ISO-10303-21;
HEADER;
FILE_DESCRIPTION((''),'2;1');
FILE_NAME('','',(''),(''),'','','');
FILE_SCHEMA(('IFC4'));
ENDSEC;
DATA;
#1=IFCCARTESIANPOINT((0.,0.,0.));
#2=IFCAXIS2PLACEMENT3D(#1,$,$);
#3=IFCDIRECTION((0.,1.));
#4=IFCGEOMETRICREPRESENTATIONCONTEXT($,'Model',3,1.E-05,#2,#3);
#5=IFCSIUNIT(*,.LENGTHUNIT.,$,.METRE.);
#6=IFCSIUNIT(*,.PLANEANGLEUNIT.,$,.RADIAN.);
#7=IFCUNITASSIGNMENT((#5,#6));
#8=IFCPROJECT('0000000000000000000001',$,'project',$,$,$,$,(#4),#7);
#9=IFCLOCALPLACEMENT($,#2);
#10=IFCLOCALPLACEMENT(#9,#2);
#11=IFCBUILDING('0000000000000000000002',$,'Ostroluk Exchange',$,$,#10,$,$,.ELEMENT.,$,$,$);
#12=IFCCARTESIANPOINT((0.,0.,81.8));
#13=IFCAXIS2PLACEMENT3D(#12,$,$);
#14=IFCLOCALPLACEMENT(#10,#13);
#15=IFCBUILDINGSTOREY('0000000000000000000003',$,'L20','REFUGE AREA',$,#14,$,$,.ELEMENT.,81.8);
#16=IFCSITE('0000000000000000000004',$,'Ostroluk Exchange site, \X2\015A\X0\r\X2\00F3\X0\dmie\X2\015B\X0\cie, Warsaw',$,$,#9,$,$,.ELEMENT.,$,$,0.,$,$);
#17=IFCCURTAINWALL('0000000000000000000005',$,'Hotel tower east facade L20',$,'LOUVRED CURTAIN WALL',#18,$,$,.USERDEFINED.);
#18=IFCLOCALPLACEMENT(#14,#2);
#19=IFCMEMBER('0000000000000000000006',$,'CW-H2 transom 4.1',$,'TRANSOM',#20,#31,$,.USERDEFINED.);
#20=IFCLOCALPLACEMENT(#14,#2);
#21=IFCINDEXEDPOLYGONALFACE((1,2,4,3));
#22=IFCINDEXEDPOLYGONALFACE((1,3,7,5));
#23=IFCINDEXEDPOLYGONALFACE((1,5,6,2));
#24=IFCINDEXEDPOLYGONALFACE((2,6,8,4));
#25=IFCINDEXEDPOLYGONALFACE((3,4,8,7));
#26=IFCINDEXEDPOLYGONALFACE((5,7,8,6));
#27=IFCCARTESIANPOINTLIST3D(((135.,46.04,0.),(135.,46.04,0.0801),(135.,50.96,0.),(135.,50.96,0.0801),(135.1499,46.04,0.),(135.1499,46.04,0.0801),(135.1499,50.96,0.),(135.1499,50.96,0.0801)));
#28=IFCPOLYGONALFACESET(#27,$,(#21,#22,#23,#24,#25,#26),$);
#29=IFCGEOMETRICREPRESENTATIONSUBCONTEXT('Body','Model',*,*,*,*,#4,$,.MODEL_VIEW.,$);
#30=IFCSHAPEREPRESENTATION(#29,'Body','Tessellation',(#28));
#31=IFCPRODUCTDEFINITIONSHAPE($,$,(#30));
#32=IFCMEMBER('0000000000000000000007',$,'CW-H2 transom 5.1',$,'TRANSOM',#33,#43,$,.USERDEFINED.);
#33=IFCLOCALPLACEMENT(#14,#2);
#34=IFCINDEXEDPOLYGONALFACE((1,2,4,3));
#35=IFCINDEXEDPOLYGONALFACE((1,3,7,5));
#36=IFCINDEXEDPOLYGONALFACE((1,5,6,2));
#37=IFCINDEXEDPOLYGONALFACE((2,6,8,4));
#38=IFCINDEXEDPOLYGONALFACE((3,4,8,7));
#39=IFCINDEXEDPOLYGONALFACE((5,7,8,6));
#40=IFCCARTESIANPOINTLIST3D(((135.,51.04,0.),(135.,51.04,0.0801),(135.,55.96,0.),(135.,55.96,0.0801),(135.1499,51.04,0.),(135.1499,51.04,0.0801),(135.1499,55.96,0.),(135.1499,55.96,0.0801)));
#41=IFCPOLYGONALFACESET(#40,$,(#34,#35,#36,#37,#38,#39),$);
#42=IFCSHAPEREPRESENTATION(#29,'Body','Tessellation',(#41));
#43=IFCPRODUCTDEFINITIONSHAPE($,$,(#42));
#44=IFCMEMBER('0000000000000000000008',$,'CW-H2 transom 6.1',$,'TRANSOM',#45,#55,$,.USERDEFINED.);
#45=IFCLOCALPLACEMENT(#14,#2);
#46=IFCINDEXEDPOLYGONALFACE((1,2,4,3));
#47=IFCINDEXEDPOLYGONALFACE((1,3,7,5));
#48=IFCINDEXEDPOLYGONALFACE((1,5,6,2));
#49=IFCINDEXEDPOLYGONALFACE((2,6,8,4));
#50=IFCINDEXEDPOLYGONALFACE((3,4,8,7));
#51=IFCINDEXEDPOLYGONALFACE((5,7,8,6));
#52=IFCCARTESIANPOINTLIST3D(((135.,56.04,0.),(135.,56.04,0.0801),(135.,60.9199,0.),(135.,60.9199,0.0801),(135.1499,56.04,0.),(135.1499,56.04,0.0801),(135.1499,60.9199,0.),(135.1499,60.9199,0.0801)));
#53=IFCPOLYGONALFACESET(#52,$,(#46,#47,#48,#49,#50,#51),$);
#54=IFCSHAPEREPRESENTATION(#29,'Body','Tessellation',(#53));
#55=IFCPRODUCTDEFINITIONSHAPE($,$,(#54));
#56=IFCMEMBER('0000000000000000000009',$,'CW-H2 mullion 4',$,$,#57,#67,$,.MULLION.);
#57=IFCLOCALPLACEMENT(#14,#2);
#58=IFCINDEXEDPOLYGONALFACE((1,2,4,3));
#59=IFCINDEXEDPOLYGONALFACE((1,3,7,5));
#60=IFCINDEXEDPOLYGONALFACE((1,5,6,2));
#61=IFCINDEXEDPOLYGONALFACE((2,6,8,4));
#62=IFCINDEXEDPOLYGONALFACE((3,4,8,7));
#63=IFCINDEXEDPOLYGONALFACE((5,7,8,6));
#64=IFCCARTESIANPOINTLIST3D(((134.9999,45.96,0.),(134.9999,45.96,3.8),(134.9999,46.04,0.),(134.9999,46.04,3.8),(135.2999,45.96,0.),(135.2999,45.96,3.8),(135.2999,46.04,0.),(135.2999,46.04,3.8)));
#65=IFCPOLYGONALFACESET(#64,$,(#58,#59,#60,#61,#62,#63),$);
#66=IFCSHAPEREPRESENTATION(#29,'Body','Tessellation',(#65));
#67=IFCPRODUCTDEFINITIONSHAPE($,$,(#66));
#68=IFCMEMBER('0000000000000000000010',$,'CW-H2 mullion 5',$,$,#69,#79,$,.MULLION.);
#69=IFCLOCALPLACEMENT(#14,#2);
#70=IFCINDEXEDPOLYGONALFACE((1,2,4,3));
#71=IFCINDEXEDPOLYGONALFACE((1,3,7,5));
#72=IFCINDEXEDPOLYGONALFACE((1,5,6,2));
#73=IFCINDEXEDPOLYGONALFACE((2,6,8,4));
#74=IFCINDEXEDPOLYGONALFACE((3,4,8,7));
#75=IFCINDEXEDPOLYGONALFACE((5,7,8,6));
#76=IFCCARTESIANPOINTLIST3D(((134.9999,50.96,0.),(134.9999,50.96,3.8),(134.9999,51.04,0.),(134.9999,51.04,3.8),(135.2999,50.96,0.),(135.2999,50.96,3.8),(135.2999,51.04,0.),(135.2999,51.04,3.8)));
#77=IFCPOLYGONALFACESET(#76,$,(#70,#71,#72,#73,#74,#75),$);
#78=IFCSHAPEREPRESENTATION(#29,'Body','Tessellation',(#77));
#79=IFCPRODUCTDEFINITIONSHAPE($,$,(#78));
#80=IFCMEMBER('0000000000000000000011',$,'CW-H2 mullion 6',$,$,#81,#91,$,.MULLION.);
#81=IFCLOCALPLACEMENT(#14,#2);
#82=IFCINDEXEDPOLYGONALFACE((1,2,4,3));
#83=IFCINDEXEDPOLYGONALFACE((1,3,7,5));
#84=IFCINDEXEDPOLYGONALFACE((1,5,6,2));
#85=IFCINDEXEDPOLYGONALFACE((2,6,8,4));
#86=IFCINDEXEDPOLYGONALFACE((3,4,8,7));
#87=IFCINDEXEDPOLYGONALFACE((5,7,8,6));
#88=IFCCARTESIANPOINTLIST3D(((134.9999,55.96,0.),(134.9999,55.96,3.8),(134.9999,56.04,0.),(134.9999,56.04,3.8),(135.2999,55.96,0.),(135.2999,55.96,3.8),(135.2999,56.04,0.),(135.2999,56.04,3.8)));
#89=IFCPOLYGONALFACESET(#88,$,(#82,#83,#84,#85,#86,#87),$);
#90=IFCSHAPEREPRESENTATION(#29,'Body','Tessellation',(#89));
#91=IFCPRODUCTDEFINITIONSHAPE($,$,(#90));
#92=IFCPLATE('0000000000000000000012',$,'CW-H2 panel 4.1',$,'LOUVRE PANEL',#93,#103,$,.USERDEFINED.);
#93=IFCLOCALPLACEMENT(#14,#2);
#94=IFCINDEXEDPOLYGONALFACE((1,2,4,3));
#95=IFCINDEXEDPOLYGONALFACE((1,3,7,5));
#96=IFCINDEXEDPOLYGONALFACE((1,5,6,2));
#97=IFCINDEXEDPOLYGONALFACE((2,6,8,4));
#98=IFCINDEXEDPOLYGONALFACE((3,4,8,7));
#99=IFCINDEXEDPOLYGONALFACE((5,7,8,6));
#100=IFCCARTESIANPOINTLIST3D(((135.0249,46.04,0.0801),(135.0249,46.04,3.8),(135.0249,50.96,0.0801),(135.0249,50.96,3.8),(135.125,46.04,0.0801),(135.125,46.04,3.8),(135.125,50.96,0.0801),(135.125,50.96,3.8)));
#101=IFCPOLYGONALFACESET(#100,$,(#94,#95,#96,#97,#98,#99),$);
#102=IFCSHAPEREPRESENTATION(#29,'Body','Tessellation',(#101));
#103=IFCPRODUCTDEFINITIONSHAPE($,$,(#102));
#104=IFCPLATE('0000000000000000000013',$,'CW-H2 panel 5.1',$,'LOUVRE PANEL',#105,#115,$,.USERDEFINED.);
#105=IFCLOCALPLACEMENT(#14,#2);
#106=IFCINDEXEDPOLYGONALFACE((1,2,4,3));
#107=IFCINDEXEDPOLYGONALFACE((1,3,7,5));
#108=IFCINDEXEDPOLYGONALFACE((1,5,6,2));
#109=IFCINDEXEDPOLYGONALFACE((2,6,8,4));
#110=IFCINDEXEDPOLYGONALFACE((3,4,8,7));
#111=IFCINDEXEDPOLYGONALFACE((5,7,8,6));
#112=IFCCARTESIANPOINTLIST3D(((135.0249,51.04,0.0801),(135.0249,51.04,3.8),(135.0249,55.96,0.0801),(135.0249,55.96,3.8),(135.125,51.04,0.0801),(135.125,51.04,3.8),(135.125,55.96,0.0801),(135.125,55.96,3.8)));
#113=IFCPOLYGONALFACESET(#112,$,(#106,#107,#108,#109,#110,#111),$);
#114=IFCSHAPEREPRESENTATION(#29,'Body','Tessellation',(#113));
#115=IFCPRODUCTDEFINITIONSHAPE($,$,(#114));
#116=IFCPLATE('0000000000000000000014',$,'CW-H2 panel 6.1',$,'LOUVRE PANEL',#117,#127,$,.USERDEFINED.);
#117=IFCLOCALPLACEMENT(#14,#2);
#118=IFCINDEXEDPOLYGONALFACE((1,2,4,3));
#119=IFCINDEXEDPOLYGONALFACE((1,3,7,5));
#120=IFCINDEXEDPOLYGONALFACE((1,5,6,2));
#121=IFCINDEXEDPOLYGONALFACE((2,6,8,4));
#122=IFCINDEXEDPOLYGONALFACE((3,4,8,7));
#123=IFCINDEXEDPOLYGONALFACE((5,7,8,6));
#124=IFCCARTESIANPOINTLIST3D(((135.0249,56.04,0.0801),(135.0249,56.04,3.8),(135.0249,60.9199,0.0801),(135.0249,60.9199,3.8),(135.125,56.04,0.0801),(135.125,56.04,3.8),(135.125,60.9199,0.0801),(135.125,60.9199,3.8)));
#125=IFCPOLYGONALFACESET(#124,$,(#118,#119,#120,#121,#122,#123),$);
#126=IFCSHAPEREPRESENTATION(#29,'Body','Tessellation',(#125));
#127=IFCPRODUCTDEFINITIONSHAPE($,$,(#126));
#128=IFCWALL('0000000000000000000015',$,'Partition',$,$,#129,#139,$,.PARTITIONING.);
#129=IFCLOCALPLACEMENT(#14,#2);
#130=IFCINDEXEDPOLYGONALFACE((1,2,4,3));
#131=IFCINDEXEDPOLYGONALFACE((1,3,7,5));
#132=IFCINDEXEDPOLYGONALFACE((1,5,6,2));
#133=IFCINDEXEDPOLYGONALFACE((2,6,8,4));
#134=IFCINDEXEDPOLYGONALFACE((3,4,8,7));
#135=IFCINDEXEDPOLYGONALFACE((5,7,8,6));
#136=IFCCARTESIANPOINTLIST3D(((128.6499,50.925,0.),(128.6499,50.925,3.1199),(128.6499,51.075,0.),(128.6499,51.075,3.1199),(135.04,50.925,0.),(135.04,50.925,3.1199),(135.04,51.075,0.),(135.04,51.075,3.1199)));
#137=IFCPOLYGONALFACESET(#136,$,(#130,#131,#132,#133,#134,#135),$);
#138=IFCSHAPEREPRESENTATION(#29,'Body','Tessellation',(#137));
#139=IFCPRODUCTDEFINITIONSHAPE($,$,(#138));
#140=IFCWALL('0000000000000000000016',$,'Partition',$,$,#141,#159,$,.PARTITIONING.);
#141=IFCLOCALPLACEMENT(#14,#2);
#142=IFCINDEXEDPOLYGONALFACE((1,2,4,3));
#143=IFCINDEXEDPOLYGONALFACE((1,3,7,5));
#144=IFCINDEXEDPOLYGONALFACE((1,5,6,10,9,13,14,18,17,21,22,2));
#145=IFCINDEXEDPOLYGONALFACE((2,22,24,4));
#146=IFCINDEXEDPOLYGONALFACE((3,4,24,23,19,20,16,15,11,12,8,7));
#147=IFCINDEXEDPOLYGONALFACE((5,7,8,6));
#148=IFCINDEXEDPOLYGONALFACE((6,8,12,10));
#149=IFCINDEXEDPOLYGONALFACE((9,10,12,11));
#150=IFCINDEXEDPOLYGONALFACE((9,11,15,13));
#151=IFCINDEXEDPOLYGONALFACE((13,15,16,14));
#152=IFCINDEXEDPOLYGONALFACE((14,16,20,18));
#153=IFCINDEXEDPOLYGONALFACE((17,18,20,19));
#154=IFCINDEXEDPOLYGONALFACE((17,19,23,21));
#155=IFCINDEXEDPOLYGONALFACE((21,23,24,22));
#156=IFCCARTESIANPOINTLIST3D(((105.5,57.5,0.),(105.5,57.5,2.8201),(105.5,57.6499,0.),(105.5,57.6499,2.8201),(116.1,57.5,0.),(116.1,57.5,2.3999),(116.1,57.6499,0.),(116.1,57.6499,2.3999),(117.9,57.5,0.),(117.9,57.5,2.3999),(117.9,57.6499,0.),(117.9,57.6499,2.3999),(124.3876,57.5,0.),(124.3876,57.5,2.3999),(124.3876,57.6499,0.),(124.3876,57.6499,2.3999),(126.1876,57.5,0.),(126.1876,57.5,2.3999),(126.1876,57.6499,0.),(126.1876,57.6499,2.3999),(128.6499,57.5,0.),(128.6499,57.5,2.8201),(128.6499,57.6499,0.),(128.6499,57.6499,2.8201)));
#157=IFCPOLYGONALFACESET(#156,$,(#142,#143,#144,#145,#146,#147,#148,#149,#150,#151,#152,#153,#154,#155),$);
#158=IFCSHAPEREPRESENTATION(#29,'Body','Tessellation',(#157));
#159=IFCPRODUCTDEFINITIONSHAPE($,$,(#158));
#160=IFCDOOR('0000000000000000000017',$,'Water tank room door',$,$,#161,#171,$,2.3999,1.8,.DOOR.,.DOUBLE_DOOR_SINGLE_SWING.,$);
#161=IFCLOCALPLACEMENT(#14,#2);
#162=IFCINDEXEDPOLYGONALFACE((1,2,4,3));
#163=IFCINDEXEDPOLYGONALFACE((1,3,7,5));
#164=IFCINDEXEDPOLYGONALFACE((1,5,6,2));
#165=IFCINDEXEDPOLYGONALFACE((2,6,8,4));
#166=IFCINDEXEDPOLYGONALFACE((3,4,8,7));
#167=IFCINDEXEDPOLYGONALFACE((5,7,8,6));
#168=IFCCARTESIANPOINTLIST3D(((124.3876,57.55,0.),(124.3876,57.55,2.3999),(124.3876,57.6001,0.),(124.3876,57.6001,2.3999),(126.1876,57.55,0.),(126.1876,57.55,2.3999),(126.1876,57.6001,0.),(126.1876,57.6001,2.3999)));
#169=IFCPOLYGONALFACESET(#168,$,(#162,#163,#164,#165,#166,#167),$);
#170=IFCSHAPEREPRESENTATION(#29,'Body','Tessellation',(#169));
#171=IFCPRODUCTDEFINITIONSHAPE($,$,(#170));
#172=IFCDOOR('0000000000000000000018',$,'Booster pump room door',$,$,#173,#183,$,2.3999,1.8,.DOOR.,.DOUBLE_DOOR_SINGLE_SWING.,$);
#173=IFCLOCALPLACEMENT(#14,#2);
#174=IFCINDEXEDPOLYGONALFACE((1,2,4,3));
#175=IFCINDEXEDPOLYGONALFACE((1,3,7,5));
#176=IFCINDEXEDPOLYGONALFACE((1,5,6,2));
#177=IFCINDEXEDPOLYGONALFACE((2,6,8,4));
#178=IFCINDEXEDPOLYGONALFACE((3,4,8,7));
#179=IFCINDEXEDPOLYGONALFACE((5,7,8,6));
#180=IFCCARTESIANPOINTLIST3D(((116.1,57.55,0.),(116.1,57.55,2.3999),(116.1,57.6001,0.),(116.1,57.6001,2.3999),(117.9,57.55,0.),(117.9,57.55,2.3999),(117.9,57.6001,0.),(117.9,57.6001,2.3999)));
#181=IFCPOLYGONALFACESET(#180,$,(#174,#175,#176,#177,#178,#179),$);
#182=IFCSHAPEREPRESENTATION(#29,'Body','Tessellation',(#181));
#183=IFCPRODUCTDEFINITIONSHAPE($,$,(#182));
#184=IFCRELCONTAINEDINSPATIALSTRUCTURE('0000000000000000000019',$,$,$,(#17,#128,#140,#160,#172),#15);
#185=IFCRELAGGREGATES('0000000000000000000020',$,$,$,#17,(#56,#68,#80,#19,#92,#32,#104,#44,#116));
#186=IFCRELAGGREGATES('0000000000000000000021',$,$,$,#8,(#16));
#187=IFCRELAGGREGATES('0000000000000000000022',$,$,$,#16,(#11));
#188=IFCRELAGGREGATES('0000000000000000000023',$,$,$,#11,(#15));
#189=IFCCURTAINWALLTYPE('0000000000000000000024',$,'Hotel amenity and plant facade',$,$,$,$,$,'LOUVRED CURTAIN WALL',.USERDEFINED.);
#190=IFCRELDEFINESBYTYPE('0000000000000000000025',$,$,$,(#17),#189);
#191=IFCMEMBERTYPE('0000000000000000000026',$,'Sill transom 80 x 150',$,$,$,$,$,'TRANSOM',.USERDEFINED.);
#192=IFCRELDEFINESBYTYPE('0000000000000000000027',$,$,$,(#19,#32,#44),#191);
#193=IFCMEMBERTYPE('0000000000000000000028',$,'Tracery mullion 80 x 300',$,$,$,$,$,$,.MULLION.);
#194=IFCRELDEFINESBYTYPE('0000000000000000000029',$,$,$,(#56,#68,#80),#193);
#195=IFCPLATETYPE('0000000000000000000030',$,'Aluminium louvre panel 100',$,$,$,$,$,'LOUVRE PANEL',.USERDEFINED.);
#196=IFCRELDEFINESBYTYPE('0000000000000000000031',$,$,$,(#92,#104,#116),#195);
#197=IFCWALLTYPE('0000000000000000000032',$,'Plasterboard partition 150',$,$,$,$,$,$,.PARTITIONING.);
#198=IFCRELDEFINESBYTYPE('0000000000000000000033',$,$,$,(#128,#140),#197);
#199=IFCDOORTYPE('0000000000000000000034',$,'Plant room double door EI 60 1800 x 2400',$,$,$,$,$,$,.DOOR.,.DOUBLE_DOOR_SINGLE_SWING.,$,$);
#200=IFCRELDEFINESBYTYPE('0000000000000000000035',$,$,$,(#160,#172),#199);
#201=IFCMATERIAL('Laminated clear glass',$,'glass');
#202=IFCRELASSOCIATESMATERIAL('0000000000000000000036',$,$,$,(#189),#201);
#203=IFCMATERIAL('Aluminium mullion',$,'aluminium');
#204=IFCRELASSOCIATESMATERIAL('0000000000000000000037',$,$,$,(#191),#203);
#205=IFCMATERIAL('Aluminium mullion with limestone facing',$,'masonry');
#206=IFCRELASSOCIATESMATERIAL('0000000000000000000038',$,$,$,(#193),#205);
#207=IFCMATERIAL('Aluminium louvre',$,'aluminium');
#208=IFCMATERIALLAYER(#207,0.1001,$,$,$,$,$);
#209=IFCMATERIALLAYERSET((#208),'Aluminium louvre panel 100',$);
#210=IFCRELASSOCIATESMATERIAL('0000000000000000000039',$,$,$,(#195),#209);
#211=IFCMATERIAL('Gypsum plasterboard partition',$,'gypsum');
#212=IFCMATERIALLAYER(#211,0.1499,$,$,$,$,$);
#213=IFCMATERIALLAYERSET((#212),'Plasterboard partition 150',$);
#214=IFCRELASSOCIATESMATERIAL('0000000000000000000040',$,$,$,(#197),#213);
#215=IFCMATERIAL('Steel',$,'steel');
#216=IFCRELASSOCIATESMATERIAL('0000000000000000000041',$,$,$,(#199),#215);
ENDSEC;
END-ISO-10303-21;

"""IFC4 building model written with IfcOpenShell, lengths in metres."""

from ifc_helpers import new_model, si_unit, direction, frame, frame_2d, origin, origin_2d, place, context, subcontext, project, spatial, rectangle, extrude, material, layer, layer_set, material_profile, profile_set, type_object, element, fill, aggregate, save


model = new_model("IFC4")

# Units and contexts
model_context = context("Model", 3, precision=1e-05, world=origin(), true_north=direction((0.0, 1.0)))
body_context = subcontext(model_context, "Body", "Model", "MODEL_VIEW")
ifc_project = project(units=[si_unit("LENGTHUNIT", "METRE"), si_unit("PLANEANGLEUNIT", "RADIAN")], contexts=[model_context])

# Site, building, storey
site_placement = place(None, origin())
site = spatial("IfcSite", under=ifc_project, at=site_placement, Name="Ostroluk Exchange site, Śródmieście, Warsaw", CompositionType="ELEMENT", RefElevation=0.0)
building_placement = place(site_placement, origin())
building = spatial("IfcBuilding", under=site, at=building_placement, Name="Ostroluk Exchange", CompositionType="ELEMENT")
storey_placement = place(building_placement, frame((0.0, 0.0, 81.8)))
storey = spatial("IfcBuildingStorey", under=building, at=storey_placement, Name="L20", Description="REFUGE AREA", CompositionType="ELEMENT", Elevation=81.8)

# Curtain wall, members, plates
ifc_material_1 = material(Name="Laminated clear glass", Category="glass")
curtain_wall_type = type_object("IfcCurtainWallType", Name="Hotel amenity and plant facade", ElementType="LOUVRED CURTAIN WALL", PredefinedType="USERDEFINED", material=ifc_material_1)
curtain_wall_placement = place(storey_placement, origin())
curtain_wall = element("IfcCurtainWall", 1, at=curtain_wall_placement, inside=storey, type_object=curtain_wall_type, Name="Hotel tower east facade L20", ObjectType="LOUVRED CURTAIN WALL", PredefinedType="USERDEFINED")
ifc_material_2 = material(Name="Aluminium mullion", Category="aluminium")
ifc_material_profile_1 = material_profile(ifc_material_2, rectangle(XDim=0.1499, YDim=0.0801, at=origin_2d()), Name="Sill transom 80 x 150")
ifc_profile_set_1 = profile_set([ifc_material_profile_1], Name="Aluminium mullion")
member_type_1 = type_object("IfcMemberType", Name="Sill transom 80 x 150", ElementType="TRANSOM", PredefinedType="USERDEFINED", material=ifc_profile_set_1)
member_1_placement = place(storey_placement, frame((135.075, 46.04, 0.04), z_axis=(0.0, 1.0, 0.0), x_axis=(-1.0, 0.0, 0.0)))
member_1 = element("IfcMember", 2, at=member_1_placement, type_object=member_type_1, Name="CW-H2 transom 4.1", ObjectType="TRANSOM", PredefinedType="USERDEFINED", context=body_context, shape_type="SweptSolid", body=[
    extrude(rectangle(XDim=0.1499, YDim=0.0801, at=origin_2d()), origin(), (0.0, 0.0, 1.0), 4.9199),
])
member_2_placement = place(storey_placement, frame((135.075, 51.04, 0.04), z_axis=(0.0, 1.0, 0.0), x_axis=(-1.0, 0.0, 0.0)))
member_2 = element("IfcMember", 3, at=member_2_placement, type_object=member_type_1, Name="CW-H2 transom 5.1", ObjectType="TRANSOM", PredefinedType="USERDEFINED", context=body_context, shape_type="SweptSolid", body=[
    extrude(rectangle(XDim=0.1499, YDim=0.0801, at=origin_2d()), origin(), (0.0, 0.0, 1.0), 4.9199),
])
member_3_placement = place(storey_placement, frame((135.075, 56.04, 0.04), z_axis=(0.0, 1.0, 0.0), x_axis=(-1.0, 0.0, 0.0)))
member_3 = element("IfcMember", 4, at=member_3_placement, type_object=member_type_1, Name="CW-H2 transom 6.1", ObjectType="TRANSOM", PredefinedType="USERDEFINED", context=body_context, shape_type="SweptSolid", body=[
    extrude(rectangle(XDim=0.1499, YDim=0.0801, at=origin_2d()), origin(), (0.0, 0.0, 1.0), 4.8799),
])
ifc_material_3 = material(Name="Aluminium mullion with limestone facing", Category="masonry")
ifc_material_profile_2 = material_profile(ifc_material_3, rectangle(XDim=0.3, YDim=0.0801, at=origin_2d()), Name="Tracery mullion 80 x 300")
ifc_profile_set_2 = profile_set([ifc_material_profile_2], Name="Aluminium mullion with limestone facing")
member_type_2 = type_object("IfcMemberType", Name="Tracery mullion 80 x 300", PredefinedType="MULLION", material=ifc_profile_set_2)
member_4_placement = place(storey_placement, frame((135.1499, 46.0, 0.0), z_axis=(0.0, 0.0, 1.0), x_axis=(-1.0, 0.0, 0.0)))
member_4 = element("IfcMember", 5, at=member_4_placement, type_object=member_type_2, Name="CW-H2 mullion 4", PredefinedType="MULLION", context=body_context, shape_type="SweptSolid", body=[
    extrude(rectangle(XDim=0.3, YDim=0.0801, at=origin_2d()), origin(), (0.0, 0.0, 1.0), 3.8),
])
member_5_placement = place(storey_placement, frame((135.1499, 51.0, 0.0), z_axis=(0.0, 0.0, 1.0), x_axis=(-1.0, 0.0, 0.0)))
member_5 = element("IfcMember", 6, at=member_5_placement, type_object=member_type_2, Name="CW-H2 mullion 5", PredefinedType="MULLION", context=body_context, shape_type="SweptSolid", body=[
    extrude(rectangle(XDim=0.3, YDim=0.0801, at=origin_2d()), origin(), (0.0, 0.0, 1.0), 3.8),
])
member_6_placement = place(storey_placement, frame((135.1499, 56.0, 0.0), z_axis=(0.0, 0.0, 1.0), x_axis=(-1.0, 0.0, 0.0)))
member_6 = element("IfcMember", 7, at=member_6_placement, type_object=member_type_2, Name="CW-H2 mullion 6", PredefinedType="MULLION", context=body_context, shape_type="SweptSolid", body=[
    extrude(rectangle(XDim=0.3, YDim=0.0801, at=origin_2d()), origin(), (0.0, 0.0, 1.0), 3.8),
])
ifc_material_4 = material(Name="Aluminium louvre", Category="aluminium")
ifc_layer_1 = layer(ifc_material_4, 0.1001)
ifc_layer_set_1 = layer_set([ifc_layer_1], Name="Aluminium louvre panel 100")
plate_type = type_object("IfcPlateType", Name="Aluminium louvre panel 100", ElementType="LOUVRE PANEL", PredefinedType="USERDEFINED", material=ifc_layer_set_1)
plate_1_placement = place(storey_placement, frame((135.075, 48.5, 0.0801), z_axis=(0.0, 0.0, 1.0), x_axis=(0.0, 1.0, 0.0)))
plate_1 = element("IfcPlate", 8, at=plate_1_placement, type_object=plate_type, Name="CW-H2 panel 4.1", ObjectType="LOUVRE PANEL", PredefinedType="USERDEFINED", context=body_context, shape_type="SweptSolid", body=[
    extrude(rectangle(XDim=4.9199, YDim=0.1001, at=origin_2d()), origin(), (0.0, 0.0, 1.0), 3.72),
])
plate_2_placement = place(storey_placement, frame((135.075, 53.5, 0.0801), z_axis=(0.0, 0.0, 1.0), x_axis=(0.0, 1.0, 0.0)))
plate_2 = element("IfcPlate", 9, at=plate_2_placement, type_object=plate_type, Name="CW-H2 panel 5.1", ObjectType="LOUVRE PANEL", PredefinedType="USERDEFINED", context=body_context, shape_type="SweptSolid", body=[
    extrude(rectangle(XDim=4.9199, YDim=0.1001, at=origin_2d()), origin(), (0.0, 0.0, 1.0), 3.72),
])
plate_3_placement = place(storey_placement, frame((135.075, 58.48, 0.0801), z_axis=(0.0, 0.0, 1.0), x_axis=(0.0, 1.0, 0.0)))
plate_3 = element("IfcPlate", 10, at=plate_3_placement, type_object=plate_type, Name="CW-H2 panel 6.1", ObjectType="LOUVRE PANEL", PredefinedType="USERDEFINED", context=body_context, shape_type="SweptSolid", body=[
    extrude(rectangle(XDim=4.8799, YDim=0.1001, at=origin_2d()), origin(), (0.0, 0.0, 1.0), 3.72),
])
aggregate(curtain_wall, [member_4, member_5, member_6, member_1, plate_1, member_2, plate_2, member_3, plate_3])

# Wall
ifc_material_5 = material(Name="Gypsum plasterboard partition", Category="gypsum")
ifc_layer_2 = layer(ifc_material_5, 0.1499)
ifc_layer_set_2 = layer_set([ifc_layer_2], Name="Plasterboard partition 150")
wall_type = type_object("IfcWallType", Name="Plasterboard partition 150", PredefinedType="PARTITIONING", material=ifc_layer_set_2)
wall_1_placement = place(storey_placement, frame((128.6499, 51.0, 0.0), z_axis=(0.0, 0.0, 1.0), x_axis=(1.0, 0.0, 0.0)))
element("IfcWall", 11, at=wall_1_placement, inside=storey, type_object=wall_type, Name="Partition", PredefinedType="PARTITIONING", context=body_context, shape_type="SweptSolid", body=[
    extrude(rectangle(XDim=6.3901, YDim=0.1499, at=frame_2d((3.1951, 0.0))), origin(), (0.0, 0.0, 1.0), 3.1199),
])

# Wall, openings, doors
wall_2_placement = place(storey_placement, frame((128.6499, 57.575, 0.0), z_axis=(0.0, 0.0, 1.0), x_axis=(-1.0, 0.0, 0.0)))
wall_2 = element("IfcWall", 12, at=wall_2_placement, inside=storey, type_object=wall_type, Name="Partition", PredefinedType="PARTITIONING", context=body_context, shape_type="SweptSolid", body=[
    extrude(rectangle(XDim=23.1499, YDim=0.1499, at=frame_2d((11.575, 0.0))), origin(), (0.0, 0.0, 1.0), 2.8201),
])
opening_1_placement = place(wall_2_placement, frame((2.4624, 0.0, 0.0)))
opening_1 = element("IfcOpeningElement", 13, at=opening_1_placement, cuts=wall_2, PredefinedType="OPENING", context=body_context, shape_type="SweptSolid", body=[
    extrude(rectangle(XDim=1.8, YDim=2.3999, at=frame_2d((0.8999, 1.2))), frame((0.0, 0.085, 0.0), z_axis=(0.0, -1.0, 0.0), x_axis=(1.0, 0.0, 0.0)), (0.0, 0.0, 1.0), 0.1699),
])
opening_2_placement = place(wall_2_placement, frame((10.75, 0.0, 0.0)))
opening_2 = element("IfcOpeningElement", 14, at=opening_2_placement, cuts=wall_2, PredefinedType="OPENING", context=body_context, shape_type="SweptSolid", body=[
    extrude(rectangle(XDim=1.8, YDim=2.3999, at=frame_2d((0.8999, 1.2))), frame((0.0, 0.085, 0.0), z_axis=(0.0, -1.0, 0.0), x_axis=(1.0, 0.0, 0.0)), (0.0, 0.0, 1.0), 0.1699),
])
ifc_material_6 = material(Name="Steel", Category="steel")
door_type = type_object("IfcDoorType", Name="Plant room double door EI 60 1800 x 2400", OperationType="DOUBLE_DOOR_SINGLE_SWING", PredefinedType="DOOR", material=ifc_material_6)
door_1_placement = place(opening_1_placement, origin())
door_1 = element("IfcDoor", 15, at=door_1_placement, inside=storey, type_object=door_type, Name="Water tank room door", OperationType="DOUBLE_DOOR_SINGLE_SWING", OverallHeight=2.3999, OverallWidth=1.8, PredefinedType="DOOR", context=body_context, shape_type="SweptSolid", body=[
    extrude(rectangle(XDim=1.8, YDim=2.3999, at=frame_2d((0.8999, 1.2))), frame((0.0, 0.0249, 0.0), z_axis=(0.0, -1.0, 0.0), x_axis=(1.0, 0.0, 0.0)), (0.0, 0.0, 1.0), 0.05),
])
fill(opening_1, door_1)
door_2_placement = place(opening_2_placement, origin())
door_2 = element("IfcDoor", 16, at=door_2_placement, inside=storey, type_object=door_type, Name="Booster pump room door", OperationType="DOUBLE_DOOR_SINGLE_SWING", OverallHeight=2.3999, OverallWidth=1.8, PredefinedType="DOOR", context=body_context, shape_type="SweptSolid", body=[
    extrude(rectangle(XDim=1.8, YDim=2.3999, at=frame_2d((0.8999, 1.2))), frame((0.0, 0.0249, 0.0), z_axis=(0.0, -1.0, 0.0), x_axis=(1.0, 0.0, 0.0)), (0.0, 0.0, 1.0), 0.05),
])
fill(opening_2, door_2)

save(model, "model.ifc")
